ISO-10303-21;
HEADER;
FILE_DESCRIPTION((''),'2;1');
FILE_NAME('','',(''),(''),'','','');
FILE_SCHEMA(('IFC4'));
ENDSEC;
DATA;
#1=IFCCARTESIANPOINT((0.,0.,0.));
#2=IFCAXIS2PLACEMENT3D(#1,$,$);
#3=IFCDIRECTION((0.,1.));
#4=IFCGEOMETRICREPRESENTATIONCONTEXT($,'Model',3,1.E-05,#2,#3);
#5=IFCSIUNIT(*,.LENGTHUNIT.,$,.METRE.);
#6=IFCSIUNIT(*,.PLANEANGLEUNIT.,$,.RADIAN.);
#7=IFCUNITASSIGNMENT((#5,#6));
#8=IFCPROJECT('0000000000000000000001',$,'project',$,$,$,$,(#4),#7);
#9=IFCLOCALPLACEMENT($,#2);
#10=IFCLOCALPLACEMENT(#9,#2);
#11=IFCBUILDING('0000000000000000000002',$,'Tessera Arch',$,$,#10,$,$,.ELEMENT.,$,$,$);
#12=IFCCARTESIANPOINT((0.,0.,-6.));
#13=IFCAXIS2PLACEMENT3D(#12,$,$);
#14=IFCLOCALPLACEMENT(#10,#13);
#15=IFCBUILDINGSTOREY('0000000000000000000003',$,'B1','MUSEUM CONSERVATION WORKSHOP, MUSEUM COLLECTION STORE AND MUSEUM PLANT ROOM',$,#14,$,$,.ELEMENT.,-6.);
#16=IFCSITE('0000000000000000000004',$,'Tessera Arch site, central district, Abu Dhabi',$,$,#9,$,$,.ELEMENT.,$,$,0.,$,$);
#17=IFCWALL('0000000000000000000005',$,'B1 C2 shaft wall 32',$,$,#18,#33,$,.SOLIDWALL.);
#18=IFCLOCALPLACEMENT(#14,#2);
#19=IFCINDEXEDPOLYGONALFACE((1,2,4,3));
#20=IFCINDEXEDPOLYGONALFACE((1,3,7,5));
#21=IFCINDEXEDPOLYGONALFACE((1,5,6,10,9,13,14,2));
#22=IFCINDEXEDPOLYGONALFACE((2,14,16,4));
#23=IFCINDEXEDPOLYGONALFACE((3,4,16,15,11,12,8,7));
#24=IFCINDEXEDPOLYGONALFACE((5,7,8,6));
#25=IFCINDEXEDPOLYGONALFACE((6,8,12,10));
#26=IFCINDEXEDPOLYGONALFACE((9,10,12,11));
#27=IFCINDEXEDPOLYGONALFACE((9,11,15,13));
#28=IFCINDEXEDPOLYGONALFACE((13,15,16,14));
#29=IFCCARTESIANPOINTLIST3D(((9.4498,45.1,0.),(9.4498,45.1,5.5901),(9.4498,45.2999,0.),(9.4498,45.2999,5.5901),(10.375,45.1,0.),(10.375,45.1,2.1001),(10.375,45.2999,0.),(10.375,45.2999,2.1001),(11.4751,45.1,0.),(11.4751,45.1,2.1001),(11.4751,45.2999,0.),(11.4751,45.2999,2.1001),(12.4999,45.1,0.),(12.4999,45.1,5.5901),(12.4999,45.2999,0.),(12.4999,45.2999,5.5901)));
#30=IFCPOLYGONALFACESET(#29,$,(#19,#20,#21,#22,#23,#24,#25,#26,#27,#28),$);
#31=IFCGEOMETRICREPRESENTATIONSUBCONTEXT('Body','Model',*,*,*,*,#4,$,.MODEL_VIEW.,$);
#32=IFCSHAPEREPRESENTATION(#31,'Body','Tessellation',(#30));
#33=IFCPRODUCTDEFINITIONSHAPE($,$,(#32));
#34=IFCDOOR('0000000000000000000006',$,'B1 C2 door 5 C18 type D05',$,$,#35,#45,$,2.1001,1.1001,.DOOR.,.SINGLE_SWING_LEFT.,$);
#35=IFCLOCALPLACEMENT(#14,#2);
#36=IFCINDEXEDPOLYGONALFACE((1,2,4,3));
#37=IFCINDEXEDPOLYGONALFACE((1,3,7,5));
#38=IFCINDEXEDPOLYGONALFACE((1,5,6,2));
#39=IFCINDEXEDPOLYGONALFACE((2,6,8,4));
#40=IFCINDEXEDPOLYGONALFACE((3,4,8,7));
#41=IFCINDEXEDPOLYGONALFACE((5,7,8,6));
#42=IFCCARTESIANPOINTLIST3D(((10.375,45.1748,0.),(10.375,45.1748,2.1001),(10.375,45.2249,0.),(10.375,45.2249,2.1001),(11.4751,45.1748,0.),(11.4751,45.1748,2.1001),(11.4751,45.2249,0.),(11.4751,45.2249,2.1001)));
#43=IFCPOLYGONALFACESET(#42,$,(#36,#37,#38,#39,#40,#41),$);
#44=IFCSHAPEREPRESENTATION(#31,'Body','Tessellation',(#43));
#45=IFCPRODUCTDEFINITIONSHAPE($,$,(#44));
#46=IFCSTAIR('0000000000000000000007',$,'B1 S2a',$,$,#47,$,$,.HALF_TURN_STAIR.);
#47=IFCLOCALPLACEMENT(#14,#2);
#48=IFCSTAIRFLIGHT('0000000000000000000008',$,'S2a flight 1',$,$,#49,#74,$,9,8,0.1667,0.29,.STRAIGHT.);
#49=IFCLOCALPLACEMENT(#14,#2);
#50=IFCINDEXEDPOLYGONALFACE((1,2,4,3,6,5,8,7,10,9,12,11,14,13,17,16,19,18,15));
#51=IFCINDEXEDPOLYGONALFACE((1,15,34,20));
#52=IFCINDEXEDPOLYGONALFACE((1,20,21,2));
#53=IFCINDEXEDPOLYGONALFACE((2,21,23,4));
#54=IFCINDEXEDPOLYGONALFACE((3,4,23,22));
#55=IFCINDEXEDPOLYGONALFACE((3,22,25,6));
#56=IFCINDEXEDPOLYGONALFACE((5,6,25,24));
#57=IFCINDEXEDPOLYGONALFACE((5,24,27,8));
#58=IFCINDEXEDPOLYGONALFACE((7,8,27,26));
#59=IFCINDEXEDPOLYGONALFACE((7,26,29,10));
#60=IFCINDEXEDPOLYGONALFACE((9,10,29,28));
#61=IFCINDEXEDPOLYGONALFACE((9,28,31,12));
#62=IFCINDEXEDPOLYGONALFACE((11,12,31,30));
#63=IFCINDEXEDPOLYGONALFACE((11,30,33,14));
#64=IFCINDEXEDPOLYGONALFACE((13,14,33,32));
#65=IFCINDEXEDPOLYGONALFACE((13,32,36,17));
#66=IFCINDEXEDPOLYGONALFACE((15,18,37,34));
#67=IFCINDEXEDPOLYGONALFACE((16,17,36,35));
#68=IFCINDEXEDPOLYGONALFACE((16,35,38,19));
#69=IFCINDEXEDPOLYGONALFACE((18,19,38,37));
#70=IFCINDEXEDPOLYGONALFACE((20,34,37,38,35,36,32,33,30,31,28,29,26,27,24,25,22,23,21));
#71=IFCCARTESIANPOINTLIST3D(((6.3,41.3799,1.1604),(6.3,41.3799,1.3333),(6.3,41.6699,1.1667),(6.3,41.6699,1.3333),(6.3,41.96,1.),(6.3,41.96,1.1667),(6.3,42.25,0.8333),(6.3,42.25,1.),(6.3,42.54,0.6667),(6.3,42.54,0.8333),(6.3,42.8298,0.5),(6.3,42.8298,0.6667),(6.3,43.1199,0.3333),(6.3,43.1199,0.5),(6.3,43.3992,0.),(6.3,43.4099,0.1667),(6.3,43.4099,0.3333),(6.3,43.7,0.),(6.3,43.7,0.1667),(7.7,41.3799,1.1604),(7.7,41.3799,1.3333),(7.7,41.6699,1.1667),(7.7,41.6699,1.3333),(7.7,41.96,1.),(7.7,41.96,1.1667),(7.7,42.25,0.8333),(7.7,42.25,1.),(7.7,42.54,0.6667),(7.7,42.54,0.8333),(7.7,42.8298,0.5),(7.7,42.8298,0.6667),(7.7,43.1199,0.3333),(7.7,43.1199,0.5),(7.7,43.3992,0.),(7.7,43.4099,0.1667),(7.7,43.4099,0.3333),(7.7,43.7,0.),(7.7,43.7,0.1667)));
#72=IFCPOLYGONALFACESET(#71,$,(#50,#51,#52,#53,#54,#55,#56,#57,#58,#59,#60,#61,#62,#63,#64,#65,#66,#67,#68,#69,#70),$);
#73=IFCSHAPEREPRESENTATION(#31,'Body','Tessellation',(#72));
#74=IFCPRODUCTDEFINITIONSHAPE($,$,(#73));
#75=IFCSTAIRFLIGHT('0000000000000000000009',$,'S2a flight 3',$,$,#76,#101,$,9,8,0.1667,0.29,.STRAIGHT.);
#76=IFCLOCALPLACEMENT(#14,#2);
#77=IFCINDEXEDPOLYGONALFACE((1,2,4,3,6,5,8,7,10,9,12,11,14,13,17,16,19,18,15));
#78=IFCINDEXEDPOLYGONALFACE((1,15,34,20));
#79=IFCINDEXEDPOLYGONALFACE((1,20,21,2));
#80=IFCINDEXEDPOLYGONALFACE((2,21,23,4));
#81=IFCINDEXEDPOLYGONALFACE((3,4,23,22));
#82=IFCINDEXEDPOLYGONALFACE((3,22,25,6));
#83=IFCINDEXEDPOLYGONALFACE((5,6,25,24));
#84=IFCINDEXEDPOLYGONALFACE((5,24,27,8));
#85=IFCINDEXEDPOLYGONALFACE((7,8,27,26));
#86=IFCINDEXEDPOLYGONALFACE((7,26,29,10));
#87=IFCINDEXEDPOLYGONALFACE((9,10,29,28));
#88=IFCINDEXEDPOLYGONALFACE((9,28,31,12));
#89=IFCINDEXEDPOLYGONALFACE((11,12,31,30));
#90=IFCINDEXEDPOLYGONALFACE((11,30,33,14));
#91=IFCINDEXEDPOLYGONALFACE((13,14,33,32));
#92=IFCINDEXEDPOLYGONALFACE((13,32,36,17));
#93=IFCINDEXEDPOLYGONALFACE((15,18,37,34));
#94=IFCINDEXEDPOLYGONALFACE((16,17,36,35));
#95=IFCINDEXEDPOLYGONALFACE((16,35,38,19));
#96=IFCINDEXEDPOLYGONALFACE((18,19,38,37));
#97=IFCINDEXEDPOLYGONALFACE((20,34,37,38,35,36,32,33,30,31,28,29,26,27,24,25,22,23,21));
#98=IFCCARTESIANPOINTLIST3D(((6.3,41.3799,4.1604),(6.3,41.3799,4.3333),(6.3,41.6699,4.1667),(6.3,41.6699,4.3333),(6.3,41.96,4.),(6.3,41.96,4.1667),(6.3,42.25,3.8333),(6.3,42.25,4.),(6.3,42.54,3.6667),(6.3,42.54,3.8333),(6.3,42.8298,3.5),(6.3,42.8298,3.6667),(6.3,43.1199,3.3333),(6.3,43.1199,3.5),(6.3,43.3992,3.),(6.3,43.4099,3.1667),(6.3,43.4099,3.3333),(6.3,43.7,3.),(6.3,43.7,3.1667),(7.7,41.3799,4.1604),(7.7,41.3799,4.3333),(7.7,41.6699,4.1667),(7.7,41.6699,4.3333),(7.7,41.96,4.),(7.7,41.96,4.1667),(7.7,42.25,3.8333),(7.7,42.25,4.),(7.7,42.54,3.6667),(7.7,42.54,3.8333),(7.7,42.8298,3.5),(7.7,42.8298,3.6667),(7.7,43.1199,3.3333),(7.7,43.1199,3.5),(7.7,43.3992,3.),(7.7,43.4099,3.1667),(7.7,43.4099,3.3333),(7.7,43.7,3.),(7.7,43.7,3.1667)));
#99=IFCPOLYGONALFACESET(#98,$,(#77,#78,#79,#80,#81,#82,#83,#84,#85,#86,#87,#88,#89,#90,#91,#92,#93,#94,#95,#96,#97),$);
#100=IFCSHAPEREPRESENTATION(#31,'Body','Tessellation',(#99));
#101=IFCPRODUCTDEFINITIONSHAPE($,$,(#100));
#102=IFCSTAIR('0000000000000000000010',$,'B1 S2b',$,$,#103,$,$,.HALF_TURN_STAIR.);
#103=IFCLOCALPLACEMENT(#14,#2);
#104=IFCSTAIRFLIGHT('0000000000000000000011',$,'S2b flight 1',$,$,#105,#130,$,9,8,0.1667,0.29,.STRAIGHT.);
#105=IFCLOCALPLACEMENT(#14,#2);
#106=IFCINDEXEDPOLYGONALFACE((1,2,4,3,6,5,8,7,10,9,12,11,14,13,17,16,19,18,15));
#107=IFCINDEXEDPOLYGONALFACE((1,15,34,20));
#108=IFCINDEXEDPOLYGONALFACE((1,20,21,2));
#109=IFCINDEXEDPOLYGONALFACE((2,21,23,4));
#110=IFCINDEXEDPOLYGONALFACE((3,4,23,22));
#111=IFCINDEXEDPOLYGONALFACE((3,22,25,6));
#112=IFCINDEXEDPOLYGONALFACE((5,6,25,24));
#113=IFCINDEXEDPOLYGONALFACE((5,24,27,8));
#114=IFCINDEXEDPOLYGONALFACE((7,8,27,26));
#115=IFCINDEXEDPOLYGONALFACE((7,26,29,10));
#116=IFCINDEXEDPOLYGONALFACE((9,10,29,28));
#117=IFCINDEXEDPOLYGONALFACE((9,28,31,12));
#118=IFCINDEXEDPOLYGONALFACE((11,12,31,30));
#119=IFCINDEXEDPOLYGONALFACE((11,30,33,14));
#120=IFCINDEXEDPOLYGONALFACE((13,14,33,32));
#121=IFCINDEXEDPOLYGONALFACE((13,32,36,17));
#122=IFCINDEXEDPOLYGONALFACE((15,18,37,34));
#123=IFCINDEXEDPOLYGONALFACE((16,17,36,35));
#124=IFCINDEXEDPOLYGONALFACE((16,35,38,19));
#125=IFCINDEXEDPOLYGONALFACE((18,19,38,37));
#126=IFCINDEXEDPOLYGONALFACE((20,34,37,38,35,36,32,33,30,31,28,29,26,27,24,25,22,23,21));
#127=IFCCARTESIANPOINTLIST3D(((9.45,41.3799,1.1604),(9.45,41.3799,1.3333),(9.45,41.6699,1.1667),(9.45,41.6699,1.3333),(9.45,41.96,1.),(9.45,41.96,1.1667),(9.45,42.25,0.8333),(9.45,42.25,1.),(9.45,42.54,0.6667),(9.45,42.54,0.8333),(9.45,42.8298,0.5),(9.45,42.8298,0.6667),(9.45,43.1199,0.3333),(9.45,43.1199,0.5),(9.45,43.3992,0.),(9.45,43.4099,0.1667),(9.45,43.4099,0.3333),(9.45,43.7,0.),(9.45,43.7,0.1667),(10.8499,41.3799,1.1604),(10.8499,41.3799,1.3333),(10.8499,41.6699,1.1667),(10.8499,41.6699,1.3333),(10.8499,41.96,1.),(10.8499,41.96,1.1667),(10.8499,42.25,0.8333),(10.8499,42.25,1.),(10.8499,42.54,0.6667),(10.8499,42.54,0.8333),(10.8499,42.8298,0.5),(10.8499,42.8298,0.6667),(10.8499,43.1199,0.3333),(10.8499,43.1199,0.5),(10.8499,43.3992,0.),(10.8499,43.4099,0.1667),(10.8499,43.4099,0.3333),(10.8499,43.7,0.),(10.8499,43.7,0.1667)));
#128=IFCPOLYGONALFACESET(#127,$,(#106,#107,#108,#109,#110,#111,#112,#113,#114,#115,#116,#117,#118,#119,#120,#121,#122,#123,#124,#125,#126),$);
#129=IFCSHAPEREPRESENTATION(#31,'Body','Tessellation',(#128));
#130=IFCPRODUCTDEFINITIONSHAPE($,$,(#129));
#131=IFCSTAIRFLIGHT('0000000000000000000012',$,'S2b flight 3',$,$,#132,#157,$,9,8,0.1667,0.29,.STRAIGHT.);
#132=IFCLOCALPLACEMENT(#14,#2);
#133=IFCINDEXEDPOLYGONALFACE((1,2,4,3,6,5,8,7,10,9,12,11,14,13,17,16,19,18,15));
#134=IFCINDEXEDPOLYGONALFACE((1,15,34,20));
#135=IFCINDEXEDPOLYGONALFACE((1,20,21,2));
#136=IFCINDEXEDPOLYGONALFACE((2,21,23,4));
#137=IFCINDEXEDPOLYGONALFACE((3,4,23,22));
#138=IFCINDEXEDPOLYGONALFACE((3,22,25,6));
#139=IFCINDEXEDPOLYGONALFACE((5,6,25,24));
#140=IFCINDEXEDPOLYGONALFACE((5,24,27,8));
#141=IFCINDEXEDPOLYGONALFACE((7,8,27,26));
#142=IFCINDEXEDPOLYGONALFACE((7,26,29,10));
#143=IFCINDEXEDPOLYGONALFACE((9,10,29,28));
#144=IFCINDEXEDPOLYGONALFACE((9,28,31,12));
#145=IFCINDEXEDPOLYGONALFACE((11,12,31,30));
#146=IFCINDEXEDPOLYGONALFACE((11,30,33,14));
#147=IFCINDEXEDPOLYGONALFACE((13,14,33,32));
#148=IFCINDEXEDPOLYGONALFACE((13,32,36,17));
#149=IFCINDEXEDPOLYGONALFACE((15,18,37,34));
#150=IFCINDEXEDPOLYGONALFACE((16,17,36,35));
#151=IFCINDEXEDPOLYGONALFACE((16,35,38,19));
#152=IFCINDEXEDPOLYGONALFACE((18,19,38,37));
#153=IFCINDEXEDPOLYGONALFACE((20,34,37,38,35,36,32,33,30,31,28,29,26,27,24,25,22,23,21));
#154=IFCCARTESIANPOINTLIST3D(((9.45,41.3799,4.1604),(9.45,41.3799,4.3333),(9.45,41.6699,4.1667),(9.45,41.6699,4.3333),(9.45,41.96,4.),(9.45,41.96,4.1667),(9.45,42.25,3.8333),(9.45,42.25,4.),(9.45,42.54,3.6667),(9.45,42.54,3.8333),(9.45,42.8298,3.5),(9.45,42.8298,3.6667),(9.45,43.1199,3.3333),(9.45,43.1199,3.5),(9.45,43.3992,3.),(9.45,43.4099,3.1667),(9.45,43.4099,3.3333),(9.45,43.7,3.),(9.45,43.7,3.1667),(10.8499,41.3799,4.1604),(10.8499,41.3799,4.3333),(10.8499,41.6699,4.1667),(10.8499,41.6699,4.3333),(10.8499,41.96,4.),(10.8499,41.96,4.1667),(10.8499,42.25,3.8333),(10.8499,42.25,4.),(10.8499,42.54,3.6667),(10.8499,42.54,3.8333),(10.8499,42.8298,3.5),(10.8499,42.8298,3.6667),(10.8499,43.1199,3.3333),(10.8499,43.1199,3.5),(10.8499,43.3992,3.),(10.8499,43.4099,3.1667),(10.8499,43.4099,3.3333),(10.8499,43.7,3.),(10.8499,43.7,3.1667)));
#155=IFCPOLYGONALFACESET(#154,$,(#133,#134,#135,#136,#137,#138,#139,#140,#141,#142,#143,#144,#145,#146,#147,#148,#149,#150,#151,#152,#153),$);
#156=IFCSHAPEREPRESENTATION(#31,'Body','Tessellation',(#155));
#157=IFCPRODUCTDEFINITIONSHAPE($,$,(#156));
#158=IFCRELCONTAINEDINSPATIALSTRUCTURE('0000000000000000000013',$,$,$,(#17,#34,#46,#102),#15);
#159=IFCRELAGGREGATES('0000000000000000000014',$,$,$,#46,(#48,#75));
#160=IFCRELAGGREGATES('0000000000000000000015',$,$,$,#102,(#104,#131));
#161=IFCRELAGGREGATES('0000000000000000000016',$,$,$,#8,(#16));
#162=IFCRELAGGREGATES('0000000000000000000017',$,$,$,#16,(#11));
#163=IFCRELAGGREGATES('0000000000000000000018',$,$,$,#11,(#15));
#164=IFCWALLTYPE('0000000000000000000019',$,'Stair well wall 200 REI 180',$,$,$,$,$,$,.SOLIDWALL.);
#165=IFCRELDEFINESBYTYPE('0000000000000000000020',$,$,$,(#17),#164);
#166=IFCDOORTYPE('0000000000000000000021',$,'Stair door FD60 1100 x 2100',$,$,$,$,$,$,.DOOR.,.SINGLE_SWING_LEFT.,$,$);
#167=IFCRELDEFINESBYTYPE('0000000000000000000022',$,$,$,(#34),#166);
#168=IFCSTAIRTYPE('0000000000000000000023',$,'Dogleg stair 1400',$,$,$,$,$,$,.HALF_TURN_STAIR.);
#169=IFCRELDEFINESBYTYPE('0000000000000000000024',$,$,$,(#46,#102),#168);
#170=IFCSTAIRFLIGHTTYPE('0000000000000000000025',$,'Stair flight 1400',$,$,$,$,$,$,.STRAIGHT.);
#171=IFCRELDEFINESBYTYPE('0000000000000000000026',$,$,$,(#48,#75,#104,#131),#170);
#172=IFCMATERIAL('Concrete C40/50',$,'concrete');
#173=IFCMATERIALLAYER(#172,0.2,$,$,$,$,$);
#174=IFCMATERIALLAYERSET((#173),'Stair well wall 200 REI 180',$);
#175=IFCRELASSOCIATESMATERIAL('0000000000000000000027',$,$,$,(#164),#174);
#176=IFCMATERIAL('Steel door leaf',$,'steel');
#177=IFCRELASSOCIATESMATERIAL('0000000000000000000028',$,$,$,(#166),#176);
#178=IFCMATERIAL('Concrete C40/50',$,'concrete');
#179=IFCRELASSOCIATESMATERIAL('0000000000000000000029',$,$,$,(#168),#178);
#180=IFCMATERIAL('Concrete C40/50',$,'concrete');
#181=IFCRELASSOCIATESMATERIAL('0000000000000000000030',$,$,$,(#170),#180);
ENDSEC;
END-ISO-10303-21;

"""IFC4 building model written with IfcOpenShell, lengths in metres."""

from ifc_helpers import new_model, si_unit, direction, frame, frame_2d, origin, place, context, subcontext, project, spatial, polyline, rectangle, outline, extrude, material, layer, layer_set, type_object, element, fill, aggregate, save


model = new_model("IFC4")

# Units and contexts
model_context = context("Model", 3, precision=1e-05, world=origin(), true_north=direction((0.0, 1.0)))
body_context = subcontext(model_context, "Body", "Model", "MODEL_VIEW")
ifc_project = project(units=[si_unit("LENGTHUNIT", "METRE"), si_unit("PLANEANGLEUNIT", "RADIAN")], contexts=[model_context])

# Site, building, storey
site_placement = place(None, origin())
site = spatial("IfcSite", under=ifc_project, at=site_placement, Name="Tessera Arch site, central district, Abu Dhabi", CompositionType="ELEMENT", RefElevation=0.0)
building_placement = place(site_placement, origin())
building = spatial("IfcBuilding", under=site, at=building_placement, Name="Tessera Arch", CompositionType="ELEMENT")
storey_placement = place(building_placement, frame((0.0, 0.0, -6.0)))
storey = spatial("IfcBuildingStorey", under=building, at=storey_placement, Name="B1", Description="MUSEUM CONSERVATION WORKSHOP, MUSEUM COLLECTION STORE AND MUSEUM PLANT ROOM", CompositionType="ELEMENT", Elevation=-6.0)

# Shared definitions
ifc_material_1 = material(Name="Concrete C40/50", Category="concrete")
ifc_layer_1 = layer(ifc_material_1, 0.2)
ifc_layer_set_1 = layer_set([ifc_layer_1], Name="Stair well wall 200 REI 180")
wall_type_1 = type_object("IfcWallType", Name="Stair well wall 200 REI 180", PredefinedType="SOLIDWALL", material=ifc_layer_set_1)

# Shared definitions
ifc_material_2 = material(Name="Steel door leaf", Category="steel")
door_type_1 = type_object("IfcDoorType", Name="Stair door FD60 1100 x 2100", OperationType="SINGLE_SWING_LEFT", PredefinedType="DOOR", material=ifc_material_2)

# Wall, opening, door
wall_1_placement = place(storey_placement, frame((9.45, 45.2, 0.0), z_axis=(0.0, 0.0, 1.0), x_axis=(1.0, 0.0, 0.0)))
wall_1 = element("IfcWall", 1, at=wall_1_placement, inside=storey, type_object=wall_type_1, Name="B1 C2 shaft wall 32", PredefinedType="SOLIDWALL", context=body_context, shape_type="SweptSolid", body=[
    extrude(rectangle(XDim=3.05, YDim=0.2, at=frame_2d((1.5249, 0.0))), origin(), (0.0, 0.0, 1.0), 5.5901),
])
opening_1_placement = place(wall_1_placement, frame((0.925, 0.0, 0.0)))
opening_1 = element("IfcOpeningElement", 2, at=opening_1_placement, cuts=wall_1, PredefinedType="OPENING", context=body_context, shape_type="SweptSolid", body=[
    extrude(rectangle(XDim=1.1001, YDim=2.1001, at=frame_2d((0.55, 1.05))), frame((0.0, 0.1099, 0.0), z_axis=(0.0, -1.0, 0.0), x_axis=(1.0, 0.0, 0.0)), (0.0, 0.0, 1.0), 0.22),
])
door_1_placement = place(opening_1_placement, origin())
door_1 = element("IfcDoor", 3, at=door_1_placement, inside=storey, type_object=door_type_1, Name="B1 C2 door 5 C18 type D05", OperationType="SINGLE_SWING_LEFT", OverallHeight=2.1001, OverallWidth=1.1001, PredefinedType="DOOR", context=body_context, shape_type="SweptSolid", body=[
    extrude(rectangle(XDim=1.1001, YDim=2.1001, at=frame_2d((0.55, 1.05))), frame((0.0, 0.0249, 0.0), z_axis=(0.0, -1.0, 0.0), x_axis=(1.0, 0.0, 0.0)), (0.0, 0.0, 1.0), 0.05),
])
fill(opening_1, door_1)

# Stairs, stair flights
ifc_material_3 = material(Name="Concrete C40/50", Category="concrete")
stair_type = type_object("IfcStairType", Name="Dogleg stair 1400", PredefinedType="HALF_TURN_STAIR", material=ifc_material_3)
stair_1_placement = place(storey_placement, origin())
stair_1 = element("IfcStair", 4, at=stair_1_placement, inside=storey, type_object=stair_type, Name="B1 S2a", PredefinedType="HALF_TURN_STAIR")
ifc_material_4 = material(Name="Concrete C40/50", Category="concrete")
stair_flight_type = type_object("IfcStairFlightType", Name="Stair flight 1400", PredefinedType="STRAIGHT", material=ifc_material_4)
stair_flight_1_placement = place(storey_placement, frame((7.0, 43.7, 0.0), z_axis=(0.0, 0.0, 1.0), x_axis=(0.0, -1.0, 0.0)))
stair_flight_1 = element("IfcStairFlight", 5, at=stair_flight_1_placement, type_object=stair_flight_type, Name="S2a flight 1", NumberOfRisers=9, NumberOfTreads=8, PredefinedType="STRAIGHT", RiserHeight=0.1667, TreadLength=0.29, context=body_context, shape_type="SweptSolid", body=[
    extrude(outline(polyline([(0.0, 0.0), (0.0, 0.1667), (0.29, 0.1667), (0.29, 0.3333), (0.5801, 0.3333), (0.5801, 0.5), (0.8701, 0.5), (0.8701, 0.6667), (1.1599, 0.6667), (1.1599, 0.8333), (1.45, 0.8333), (1.45, 1.0), (1.74, 1.0), (1.74, 1.1667), (2.03, 1.1667), (2.03, 1.3333), (2.3201, 1.3333), (2.3201, 1.5), (2.3201, 1.1604), (0.3008, 0.0), (0.0, 0.0)])), frame((0.0, 0.7, 0.0), z_axis=(0.0, -1.0, 0.0), x_axis=(1.0, 0.0, 0.0)), (0.0, 0.0, 1.0), 1.3999),
])
stair_flight_2_placement = place(storey_placement, frame((7.0, 43.7, 3.0), z_axis=(0.0, 0.0, 1.0), x_axis=(0.0, -1.0, 0.0)))
stair_flight_2 = element("IfcStairFlight", 6, at=stair_flight_2_placement, type_object=stair_flight_type, Name="S2a flight 3", NumberOfRisers=9, NumberOfTreads=8, PredefinedType="STRAIGHT", RiserHeight=0.1667, TreadLength=0.29, context=body_context, shape_type="SweptSolid", body=[
    extrude(outline(polyline([(0.0, 0.0), (0.0, 0.1667), (0.29, 0.1667), (0.29, 0.3333), (0.5801, 0.3333), (0.5801, 0.5), (0.8701, 0.5), (0.8701, 0.6667), (1.1599, 0.6667), (1.1599, 0.8333), (1.45, 0.8333), (1.45, 1.0), (1.74, 1.0), (1.74, 1.1667), (2.03, 1.1667), (2.03, 1.3333), (2.3201, 1.3333), (2.3201, 1.5), (2.3201, 1.1604), (0.3008, 0.0), (0.0, 0.0)])), frame((0.0, 0.7, 0.0), z_axis=(0.0, -1.0, 0.0), x_axis=(1.0, 0.0, 0.0)), (0.0, 0.0, 1.0), 1.3999),
])
aggregate(stair_1, [stair_flight_1, stair_flight_2])
stair_2_placement = place(storey_placement, origin())
stair_2 = element("IfcStair", 7, at=stair_2_placement, inside=storey, type_object=stair_type, Name="B1 S2b", PredefinedType="HALF_TURN_STAIR")
stair_flight_3_placement = place(storey_placement, frame((10.1499, 43.7, 0.0), z_axis=(0.0, 0.0, 1.0), x_axis=(0.0, -1.0, 0.0)))
stair_flight_3 = element("IfcStairFlight", 8, at=stair_flight_3_placement, type_object=stair_flight_type, Name="S2b flight 1", NumberOfRisers=9, NumberOfTreads=8, PredefinedType="STRAIGHT", RiserHeight=0.1667, TreadLength=0.29, context=body_context, shape_type="SweptSolid", body=[
    extrude(outline(polyline([(0.0, 0.0), (0.0, 0.1667), (0.29, 0.1667), (0.29, 0.3333), (0.5801, 0.3333), (0.5801, 0.5), (0.8701, 0.5), (0.8701, 0.6667), (1.1599, 0.6667), (1.1599, 0.8333), (1.45, 0.8333), (1.45, 1.0), (1.74, 1.0), (1.74, 1.1667), (2.03, 1.1667), (2.03, 1.3333), (2.3201, 1.3333), (2.3201, 1.5), (2.3201, 1.1604), (0.3008, 0.0), (0.0, 0.0)])), frame((0.0, 0.7, 0.0), z_axis=(0.0, -1.0, 0.0), x_axis=(1.0, 0.0, 0.0)), (0.0, 0.0, 1.0), 1.3999),
])
stair_flight_4_placement = place(storey_placement, frame((10.1499, 43.7, 3.0), z_axis=(0.0, 0.0, 1.0), x_axis=(0.0, -1.0, 0.0)))
stair_flight_4 = element("IfcStairFlight", 9, at=stair_flight_4_placement, type_object=stair_flight_type, Name="S2b flight 3", NumberOfRisers=9, NumberOfTreads=8, PredefinedType="STRAIGHT", RiserHeight=0.1667, TreadLength=0.29, context=body_context, shape_type="SweptSolid", body=[
    extrude(outline(polyline([(0.0, 0.0), (0.0, 0.1667), (0.29, 0.1667), (0.29, 0.3333), (0.5801, 0.3333), (0.5801, 0.5), (0.8701, 0.5), (0.8701, 0.6667), (1.1599, 0.6667), (1.1599, 0.8333), (1.45, 0.8333), (1.45, 1.0), (1.74, 1.0), (1.74, 1.1667), (2.03, 1.1667), (2.03, 1.3333), (2.3201, 1.3333), (2.3201, 1.5), (2.3201, 1.1604), (0.3008, 0.0), (0.0, 0.0)])), frame((0.0, 0.7, 0.0), z_axis=(0.0, -1.0, 0.0), x_axis=(1.0, 0.0, 0.0)), (0.0, 0.0, 1.0), 1.3999),
])
aggregate(stair_2, [stair_flight_3, stair_flight_4])

save(model, "model.ifc")
